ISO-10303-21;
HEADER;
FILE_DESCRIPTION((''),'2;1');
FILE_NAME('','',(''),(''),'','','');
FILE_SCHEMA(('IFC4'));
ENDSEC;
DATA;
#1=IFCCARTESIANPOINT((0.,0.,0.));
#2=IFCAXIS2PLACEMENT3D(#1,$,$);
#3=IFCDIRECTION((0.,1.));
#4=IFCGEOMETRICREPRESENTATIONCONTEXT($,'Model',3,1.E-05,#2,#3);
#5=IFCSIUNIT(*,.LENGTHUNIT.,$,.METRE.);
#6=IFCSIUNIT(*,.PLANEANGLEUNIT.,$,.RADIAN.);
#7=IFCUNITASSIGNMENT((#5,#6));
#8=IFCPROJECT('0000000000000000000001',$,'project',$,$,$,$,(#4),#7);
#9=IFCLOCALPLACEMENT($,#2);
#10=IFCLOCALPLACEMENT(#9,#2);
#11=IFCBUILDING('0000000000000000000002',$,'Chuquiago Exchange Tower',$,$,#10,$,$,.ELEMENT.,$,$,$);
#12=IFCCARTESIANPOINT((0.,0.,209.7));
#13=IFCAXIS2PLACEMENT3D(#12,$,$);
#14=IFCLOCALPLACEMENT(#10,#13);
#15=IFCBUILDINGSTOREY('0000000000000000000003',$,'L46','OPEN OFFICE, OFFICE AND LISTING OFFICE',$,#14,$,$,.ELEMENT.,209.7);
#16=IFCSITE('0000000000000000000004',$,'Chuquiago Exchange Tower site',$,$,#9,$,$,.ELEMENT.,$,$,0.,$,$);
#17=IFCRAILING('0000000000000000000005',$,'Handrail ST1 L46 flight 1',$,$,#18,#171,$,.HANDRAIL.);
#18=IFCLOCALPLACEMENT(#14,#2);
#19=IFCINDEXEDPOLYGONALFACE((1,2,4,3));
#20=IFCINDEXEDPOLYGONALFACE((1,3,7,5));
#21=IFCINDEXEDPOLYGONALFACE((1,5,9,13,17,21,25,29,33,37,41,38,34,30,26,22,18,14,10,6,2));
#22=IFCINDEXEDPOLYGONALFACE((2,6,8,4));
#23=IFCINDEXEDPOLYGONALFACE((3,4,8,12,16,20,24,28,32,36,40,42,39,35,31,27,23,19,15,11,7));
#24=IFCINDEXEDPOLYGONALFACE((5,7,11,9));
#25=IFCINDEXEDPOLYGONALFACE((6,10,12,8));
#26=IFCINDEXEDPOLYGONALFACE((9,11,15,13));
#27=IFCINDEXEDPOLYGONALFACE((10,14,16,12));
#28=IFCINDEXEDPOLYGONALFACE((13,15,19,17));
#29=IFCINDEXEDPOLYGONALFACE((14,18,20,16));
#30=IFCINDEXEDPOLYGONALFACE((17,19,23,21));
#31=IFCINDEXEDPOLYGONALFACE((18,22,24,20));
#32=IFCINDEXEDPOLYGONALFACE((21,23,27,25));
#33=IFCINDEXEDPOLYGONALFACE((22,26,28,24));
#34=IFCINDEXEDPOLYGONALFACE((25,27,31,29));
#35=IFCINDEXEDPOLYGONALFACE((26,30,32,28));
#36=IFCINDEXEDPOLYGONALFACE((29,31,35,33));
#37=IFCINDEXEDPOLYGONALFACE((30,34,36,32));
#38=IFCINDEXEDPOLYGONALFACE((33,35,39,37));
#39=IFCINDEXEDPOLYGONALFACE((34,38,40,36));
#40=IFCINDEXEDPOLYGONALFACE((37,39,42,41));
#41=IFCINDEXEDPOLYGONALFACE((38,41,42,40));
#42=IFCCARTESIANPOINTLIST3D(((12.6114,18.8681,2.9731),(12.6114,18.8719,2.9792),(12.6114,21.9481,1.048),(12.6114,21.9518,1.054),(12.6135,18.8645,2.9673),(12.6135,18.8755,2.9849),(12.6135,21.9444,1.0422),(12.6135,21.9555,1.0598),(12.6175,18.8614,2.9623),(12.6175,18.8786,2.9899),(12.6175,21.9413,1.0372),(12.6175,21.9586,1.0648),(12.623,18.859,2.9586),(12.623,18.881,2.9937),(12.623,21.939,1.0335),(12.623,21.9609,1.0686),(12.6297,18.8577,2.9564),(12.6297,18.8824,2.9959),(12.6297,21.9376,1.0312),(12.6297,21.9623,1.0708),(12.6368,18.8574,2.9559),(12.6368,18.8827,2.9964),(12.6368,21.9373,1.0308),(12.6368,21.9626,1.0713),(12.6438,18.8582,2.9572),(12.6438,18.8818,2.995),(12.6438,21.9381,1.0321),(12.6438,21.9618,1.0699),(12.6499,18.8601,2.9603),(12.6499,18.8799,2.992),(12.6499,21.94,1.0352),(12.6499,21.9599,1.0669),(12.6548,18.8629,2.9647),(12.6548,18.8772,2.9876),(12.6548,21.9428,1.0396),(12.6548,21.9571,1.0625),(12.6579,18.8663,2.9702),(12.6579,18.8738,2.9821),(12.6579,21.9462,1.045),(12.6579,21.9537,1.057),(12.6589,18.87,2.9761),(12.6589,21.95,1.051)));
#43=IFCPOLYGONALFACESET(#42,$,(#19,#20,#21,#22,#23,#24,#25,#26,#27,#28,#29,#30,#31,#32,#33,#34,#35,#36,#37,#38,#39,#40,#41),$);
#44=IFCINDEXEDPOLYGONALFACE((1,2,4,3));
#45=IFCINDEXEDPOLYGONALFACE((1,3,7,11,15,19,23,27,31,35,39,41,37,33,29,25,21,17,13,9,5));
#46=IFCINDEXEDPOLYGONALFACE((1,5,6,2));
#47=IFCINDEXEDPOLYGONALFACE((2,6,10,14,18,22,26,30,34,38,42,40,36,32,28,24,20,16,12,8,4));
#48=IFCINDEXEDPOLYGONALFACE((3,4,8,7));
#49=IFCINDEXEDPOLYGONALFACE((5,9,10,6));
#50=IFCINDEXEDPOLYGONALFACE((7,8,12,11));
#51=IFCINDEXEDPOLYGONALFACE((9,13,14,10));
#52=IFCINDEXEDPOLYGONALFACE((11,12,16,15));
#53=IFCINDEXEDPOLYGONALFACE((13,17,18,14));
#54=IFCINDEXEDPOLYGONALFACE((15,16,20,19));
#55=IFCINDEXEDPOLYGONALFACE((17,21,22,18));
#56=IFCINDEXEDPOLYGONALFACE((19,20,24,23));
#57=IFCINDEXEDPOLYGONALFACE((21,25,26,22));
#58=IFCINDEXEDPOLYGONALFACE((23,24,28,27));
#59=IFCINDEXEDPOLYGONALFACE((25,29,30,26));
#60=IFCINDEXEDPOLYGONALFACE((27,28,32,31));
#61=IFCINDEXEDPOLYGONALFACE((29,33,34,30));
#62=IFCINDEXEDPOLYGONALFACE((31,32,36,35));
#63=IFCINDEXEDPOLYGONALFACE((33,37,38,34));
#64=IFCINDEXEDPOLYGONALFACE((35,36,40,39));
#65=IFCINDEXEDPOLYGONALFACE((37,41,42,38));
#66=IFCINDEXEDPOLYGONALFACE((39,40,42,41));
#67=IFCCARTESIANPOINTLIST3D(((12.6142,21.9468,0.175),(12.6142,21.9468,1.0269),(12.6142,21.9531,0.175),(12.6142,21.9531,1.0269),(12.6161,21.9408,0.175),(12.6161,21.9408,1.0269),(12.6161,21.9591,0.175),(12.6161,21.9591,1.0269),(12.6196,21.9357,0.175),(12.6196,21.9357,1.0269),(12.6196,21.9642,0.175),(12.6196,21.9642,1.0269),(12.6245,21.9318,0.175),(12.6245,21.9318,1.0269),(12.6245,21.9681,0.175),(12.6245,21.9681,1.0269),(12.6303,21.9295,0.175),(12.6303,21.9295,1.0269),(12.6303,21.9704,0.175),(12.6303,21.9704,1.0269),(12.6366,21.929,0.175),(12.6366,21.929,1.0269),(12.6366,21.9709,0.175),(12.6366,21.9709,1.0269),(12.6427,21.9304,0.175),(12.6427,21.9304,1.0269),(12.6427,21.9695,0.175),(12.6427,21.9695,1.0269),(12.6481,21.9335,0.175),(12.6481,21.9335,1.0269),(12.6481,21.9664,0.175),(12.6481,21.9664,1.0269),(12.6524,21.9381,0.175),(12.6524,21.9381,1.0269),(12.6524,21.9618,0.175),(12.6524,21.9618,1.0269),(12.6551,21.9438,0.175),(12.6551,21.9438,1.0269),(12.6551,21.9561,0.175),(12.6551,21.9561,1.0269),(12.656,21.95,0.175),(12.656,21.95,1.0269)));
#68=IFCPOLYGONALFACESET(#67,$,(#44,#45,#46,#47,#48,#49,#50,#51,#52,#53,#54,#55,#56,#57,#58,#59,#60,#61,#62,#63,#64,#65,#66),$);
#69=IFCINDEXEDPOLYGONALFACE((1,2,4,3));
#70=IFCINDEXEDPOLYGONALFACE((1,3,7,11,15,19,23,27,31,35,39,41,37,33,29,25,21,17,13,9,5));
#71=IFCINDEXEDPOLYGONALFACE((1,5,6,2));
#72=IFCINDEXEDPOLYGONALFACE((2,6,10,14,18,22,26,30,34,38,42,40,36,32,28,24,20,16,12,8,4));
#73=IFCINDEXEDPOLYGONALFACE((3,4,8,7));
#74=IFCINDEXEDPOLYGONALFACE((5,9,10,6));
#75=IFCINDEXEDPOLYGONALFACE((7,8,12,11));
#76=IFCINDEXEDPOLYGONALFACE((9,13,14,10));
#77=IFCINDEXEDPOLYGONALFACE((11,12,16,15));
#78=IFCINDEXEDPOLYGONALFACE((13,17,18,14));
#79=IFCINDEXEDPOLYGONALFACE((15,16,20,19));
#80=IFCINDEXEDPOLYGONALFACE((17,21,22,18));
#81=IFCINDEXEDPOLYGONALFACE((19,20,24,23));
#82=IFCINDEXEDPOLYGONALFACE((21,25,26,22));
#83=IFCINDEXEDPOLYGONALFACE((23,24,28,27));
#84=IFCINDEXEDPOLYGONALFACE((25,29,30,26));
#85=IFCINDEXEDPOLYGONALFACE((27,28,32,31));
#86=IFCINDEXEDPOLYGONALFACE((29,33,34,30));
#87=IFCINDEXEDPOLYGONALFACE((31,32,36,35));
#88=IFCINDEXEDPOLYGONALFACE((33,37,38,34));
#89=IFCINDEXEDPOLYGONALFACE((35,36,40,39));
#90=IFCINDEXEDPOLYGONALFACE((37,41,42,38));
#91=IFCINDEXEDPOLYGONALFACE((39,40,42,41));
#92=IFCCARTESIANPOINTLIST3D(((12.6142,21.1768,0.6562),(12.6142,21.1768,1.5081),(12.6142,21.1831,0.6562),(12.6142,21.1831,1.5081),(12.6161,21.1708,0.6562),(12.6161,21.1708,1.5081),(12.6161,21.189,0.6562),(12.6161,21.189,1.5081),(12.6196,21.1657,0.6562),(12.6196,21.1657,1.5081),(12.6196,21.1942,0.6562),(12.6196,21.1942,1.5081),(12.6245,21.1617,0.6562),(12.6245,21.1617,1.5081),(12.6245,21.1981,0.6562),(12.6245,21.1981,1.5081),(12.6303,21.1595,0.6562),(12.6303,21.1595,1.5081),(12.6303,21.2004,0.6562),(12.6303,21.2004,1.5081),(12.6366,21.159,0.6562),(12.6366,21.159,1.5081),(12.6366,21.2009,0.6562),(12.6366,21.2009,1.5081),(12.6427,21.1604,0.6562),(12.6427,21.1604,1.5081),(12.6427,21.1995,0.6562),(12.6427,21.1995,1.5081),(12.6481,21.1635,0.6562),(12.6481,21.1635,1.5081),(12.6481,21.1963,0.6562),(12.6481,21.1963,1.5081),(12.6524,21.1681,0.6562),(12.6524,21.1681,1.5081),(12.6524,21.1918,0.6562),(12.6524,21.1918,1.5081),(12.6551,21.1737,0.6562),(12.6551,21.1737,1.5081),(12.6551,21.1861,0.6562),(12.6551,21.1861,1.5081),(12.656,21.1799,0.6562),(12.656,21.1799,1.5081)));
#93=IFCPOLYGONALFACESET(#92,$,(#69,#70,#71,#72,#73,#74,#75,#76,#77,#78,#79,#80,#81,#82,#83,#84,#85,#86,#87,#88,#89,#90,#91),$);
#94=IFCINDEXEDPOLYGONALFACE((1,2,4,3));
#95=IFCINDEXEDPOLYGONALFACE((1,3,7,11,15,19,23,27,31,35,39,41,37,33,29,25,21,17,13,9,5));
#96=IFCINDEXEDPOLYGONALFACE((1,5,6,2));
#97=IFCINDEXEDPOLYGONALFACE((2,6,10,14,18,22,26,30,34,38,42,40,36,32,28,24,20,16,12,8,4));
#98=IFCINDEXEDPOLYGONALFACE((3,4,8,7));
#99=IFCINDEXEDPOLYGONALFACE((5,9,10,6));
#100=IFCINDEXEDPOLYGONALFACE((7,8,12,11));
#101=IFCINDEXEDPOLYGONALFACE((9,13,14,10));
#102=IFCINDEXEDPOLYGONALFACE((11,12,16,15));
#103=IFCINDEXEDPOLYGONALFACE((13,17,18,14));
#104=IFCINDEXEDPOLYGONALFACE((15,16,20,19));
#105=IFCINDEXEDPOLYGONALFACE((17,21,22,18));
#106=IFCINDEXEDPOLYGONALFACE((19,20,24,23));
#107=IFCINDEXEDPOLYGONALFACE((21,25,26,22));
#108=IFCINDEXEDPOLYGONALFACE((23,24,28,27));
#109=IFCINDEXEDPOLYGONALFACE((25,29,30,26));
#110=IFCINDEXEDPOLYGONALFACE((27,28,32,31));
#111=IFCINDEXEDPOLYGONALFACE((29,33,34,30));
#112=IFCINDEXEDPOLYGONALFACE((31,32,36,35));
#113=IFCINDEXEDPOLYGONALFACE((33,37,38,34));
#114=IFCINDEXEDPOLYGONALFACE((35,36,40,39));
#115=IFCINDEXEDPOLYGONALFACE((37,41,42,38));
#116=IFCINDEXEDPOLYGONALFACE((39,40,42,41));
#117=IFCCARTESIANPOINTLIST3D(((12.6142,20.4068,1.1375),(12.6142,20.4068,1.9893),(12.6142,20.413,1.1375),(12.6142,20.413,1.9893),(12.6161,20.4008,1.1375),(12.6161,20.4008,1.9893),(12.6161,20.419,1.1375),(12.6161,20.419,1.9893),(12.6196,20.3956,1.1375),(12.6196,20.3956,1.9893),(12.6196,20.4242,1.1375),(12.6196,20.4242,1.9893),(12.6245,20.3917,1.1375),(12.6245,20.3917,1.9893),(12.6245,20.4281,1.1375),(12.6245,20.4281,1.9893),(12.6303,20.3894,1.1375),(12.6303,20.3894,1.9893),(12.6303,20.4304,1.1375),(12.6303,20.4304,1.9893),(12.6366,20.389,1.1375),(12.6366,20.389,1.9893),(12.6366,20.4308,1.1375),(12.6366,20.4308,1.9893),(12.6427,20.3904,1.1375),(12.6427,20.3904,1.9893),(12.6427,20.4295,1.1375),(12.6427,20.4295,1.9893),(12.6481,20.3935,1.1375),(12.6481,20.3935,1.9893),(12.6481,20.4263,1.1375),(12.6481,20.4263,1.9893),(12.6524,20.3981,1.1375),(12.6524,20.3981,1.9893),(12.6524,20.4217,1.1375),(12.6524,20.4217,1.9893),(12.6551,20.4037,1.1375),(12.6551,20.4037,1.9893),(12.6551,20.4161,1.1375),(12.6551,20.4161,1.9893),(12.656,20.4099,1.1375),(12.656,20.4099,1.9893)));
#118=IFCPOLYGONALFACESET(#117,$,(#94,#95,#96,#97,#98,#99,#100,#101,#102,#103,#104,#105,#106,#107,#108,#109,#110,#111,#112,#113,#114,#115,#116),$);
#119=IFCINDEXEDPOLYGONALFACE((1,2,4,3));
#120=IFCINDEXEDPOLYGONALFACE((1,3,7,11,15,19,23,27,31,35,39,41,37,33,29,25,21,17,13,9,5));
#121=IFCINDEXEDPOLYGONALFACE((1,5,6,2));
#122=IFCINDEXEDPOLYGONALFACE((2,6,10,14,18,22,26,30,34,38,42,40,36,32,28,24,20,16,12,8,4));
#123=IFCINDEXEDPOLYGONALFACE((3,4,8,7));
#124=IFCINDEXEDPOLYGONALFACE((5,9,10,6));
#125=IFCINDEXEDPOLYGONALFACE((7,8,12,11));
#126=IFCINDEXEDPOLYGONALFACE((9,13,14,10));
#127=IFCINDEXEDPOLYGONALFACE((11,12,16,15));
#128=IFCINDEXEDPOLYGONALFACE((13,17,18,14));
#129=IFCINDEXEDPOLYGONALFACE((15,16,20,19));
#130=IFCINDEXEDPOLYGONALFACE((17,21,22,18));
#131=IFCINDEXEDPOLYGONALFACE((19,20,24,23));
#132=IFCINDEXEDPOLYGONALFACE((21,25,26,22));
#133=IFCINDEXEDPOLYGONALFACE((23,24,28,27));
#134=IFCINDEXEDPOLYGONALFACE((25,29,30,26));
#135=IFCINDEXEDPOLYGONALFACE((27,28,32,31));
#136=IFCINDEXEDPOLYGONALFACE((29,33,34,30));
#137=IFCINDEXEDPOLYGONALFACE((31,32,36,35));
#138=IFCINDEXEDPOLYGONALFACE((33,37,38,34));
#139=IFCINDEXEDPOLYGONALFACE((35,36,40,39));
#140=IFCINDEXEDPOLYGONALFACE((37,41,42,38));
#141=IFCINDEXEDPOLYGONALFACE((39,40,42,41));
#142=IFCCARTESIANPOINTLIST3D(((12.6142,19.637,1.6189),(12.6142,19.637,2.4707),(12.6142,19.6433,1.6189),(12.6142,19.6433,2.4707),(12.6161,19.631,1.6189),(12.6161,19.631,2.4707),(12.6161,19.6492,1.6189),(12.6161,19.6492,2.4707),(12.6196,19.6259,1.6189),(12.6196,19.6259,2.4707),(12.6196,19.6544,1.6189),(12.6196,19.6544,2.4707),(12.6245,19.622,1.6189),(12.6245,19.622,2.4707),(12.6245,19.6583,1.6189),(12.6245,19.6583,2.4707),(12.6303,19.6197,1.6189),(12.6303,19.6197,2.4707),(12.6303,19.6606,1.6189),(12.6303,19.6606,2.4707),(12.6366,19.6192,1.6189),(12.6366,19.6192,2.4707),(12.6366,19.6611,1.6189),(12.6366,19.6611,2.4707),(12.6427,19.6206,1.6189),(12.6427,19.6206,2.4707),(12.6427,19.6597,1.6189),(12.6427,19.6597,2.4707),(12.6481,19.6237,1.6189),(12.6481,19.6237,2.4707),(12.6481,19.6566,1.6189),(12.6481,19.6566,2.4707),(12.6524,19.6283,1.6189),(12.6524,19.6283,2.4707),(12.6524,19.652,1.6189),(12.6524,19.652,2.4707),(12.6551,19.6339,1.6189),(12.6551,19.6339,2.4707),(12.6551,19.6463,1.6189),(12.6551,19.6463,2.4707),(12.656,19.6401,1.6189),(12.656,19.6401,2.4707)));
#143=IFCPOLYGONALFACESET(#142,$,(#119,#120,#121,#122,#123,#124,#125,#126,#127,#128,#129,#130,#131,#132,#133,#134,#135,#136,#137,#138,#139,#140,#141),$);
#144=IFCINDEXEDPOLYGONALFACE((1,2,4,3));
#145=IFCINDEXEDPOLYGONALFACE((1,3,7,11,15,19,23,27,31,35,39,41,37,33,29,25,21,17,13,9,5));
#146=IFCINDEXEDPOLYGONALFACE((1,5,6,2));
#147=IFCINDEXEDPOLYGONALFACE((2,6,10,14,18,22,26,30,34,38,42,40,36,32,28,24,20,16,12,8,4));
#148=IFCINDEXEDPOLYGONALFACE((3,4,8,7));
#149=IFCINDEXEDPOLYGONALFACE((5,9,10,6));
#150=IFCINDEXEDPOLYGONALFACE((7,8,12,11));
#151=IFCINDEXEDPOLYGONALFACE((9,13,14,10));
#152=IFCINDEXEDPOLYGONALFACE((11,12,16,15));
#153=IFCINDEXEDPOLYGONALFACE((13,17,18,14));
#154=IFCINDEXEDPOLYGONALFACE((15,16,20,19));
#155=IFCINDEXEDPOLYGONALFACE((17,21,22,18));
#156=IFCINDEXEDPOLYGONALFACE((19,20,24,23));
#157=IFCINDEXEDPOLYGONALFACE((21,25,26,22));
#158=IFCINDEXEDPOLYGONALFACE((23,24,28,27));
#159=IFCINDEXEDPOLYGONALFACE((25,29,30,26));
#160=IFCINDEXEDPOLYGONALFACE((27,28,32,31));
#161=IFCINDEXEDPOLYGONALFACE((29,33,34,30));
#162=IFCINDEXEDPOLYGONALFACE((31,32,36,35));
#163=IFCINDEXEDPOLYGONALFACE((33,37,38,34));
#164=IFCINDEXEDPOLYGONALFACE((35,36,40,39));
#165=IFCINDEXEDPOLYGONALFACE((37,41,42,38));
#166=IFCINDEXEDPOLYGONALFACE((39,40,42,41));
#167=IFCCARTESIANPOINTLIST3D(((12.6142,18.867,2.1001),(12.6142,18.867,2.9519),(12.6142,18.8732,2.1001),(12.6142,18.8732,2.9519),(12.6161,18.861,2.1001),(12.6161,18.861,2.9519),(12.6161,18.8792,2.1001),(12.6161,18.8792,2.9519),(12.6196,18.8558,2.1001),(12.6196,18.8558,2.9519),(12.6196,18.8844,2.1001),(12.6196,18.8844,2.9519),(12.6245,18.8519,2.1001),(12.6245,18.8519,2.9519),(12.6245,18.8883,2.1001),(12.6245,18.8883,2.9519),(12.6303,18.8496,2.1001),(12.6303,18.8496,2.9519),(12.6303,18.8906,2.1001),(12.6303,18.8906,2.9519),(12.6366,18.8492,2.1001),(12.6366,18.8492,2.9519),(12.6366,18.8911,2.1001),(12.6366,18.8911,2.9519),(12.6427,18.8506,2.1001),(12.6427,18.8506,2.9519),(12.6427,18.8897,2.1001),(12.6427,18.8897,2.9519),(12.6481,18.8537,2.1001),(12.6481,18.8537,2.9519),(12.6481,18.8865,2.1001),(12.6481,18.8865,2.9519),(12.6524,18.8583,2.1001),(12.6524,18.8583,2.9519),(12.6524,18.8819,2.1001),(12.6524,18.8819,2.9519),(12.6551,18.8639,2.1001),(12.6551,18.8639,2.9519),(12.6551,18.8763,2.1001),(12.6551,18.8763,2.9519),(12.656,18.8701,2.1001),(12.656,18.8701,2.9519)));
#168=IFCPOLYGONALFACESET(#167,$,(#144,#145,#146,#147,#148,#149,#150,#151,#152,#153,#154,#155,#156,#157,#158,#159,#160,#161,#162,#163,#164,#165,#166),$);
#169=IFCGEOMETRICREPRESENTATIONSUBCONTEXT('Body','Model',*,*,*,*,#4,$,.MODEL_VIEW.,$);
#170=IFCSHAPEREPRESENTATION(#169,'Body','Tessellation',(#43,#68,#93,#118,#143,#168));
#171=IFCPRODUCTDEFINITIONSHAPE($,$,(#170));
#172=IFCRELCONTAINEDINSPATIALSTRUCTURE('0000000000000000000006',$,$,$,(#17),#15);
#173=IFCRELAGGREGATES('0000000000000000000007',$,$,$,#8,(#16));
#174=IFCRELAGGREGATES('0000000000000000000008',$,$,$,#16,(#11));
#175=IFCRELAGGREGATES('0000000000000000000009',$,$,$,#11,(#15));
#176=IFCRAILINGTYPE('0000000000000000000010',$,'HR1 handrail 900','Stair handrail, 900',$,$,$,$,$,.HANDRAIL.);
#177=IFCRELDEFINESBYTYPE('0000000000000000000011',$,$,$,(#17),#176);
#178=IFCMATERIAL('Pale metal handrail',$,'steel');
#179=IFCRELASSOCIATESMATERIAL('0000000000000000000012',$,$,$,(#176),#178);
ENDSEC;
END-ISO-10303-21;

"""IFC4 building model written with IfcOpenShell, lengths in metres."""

from ifc_helpers import new_model, si_unit, direction, frame, origin, origin_2d, place, context, subcontext, project, spatial, circle, extrude, material, type_object, element, save


model = new_model("IFC4")

# Units and contexts
model_context = context("Model", 3, precision=1e-05, world=origin(), true_north=direction((0.0, 1.0)))
body_context = subcontext(model_context, "Body", "Model", "MODEL_VIEW")
ifc_project = project(units=[si_unit("LENGTHUNIT", "METRE"), si_unit("PLANEANGLEUNIT", "RADIAN")], contexts=[model_context])

# Site, building, storey
site_placement = place(None, origin())
site = spatial("IfcSite", under=ifc_project, at=site_placement, Name="Chuquiago Exchange Tower site", CompositionType="ELEMENT", RefElevation=0.0)
building_placement = place(site_placement, origin())
building = spatial("IfcBuilding", under=site, at=building_placement, Name="Chuquiago Exchange Tower", CompositionType="ELEMENT")
storey_placement = place(building_placement, frame((0.0, 0.0, 209.7)))
storey = spatial("IfcBuildingStorey", under=building, at=storey_placement, Name="L46", Description="OPEN OFFICE, OFFICE AND LISTING OFFICE", CompositionType="ELEMENT", Elevation=209.7)

# Railing
ifc_material_1 = material(Name="Pale metal handrail", Category="steel")
railing_type_1 = type_object("IfcRailingType", Name="HR1 handrail 900", Description="Stair handrail, 900", PredefinedType="HANDRAIL", material=ifc_material_1)
for number, where, name in (
    (1, (12.635, 21.95, 0.175), "Handrail ST1 L46 flight 1"),
):
    element("IfcRailing", number, at=place(storey_placement, frame(where)), inside=storey, type_object=railing_type_1, Name=name, PredefinedType="HANDRAIL", context=body_context, shape_type="SweptSolid", body=[
        extrude(circle(Radius=0.0239, at=origin_2d()), frame((0.0, 0.0, 0.876), z_axis=(0.0, -0.847979, 0.530029), x_axis=(1.0, 0.0, 0.0)), (0.0, 0.0, 1.0), 3.6321),
        extrude(circle(Radius=0.021, at=origin_2d()), origin(), (0.0, 0.0, 1.0), 0.8518),
        extrude(circle(Radius=0.021, at=origin_2d()), frame((0.0, -0.77, 0.4812)), (0.0, 0.0, 1.0), 0.8518),
        extrude(circle(Radius=0.021, at=origin_2d()), frame((0.0, -1.54, 0.9624)), (0.0, 0.0, 1.0), 0.8518),
        extrude(circle(Radius=0.021, at=origin_2d()), frame((0.0, -2.3098, 1.4438)), (0.0, 0.0, 1.0), 0.8518),
        extrude(circle(Radius=0.021, at=origin_2d()), frame((0.0, -3.0798, 1.925)), (0.0, 0.0, 1.0), 0.8518),
    ])

save(model, "model.ifc")
